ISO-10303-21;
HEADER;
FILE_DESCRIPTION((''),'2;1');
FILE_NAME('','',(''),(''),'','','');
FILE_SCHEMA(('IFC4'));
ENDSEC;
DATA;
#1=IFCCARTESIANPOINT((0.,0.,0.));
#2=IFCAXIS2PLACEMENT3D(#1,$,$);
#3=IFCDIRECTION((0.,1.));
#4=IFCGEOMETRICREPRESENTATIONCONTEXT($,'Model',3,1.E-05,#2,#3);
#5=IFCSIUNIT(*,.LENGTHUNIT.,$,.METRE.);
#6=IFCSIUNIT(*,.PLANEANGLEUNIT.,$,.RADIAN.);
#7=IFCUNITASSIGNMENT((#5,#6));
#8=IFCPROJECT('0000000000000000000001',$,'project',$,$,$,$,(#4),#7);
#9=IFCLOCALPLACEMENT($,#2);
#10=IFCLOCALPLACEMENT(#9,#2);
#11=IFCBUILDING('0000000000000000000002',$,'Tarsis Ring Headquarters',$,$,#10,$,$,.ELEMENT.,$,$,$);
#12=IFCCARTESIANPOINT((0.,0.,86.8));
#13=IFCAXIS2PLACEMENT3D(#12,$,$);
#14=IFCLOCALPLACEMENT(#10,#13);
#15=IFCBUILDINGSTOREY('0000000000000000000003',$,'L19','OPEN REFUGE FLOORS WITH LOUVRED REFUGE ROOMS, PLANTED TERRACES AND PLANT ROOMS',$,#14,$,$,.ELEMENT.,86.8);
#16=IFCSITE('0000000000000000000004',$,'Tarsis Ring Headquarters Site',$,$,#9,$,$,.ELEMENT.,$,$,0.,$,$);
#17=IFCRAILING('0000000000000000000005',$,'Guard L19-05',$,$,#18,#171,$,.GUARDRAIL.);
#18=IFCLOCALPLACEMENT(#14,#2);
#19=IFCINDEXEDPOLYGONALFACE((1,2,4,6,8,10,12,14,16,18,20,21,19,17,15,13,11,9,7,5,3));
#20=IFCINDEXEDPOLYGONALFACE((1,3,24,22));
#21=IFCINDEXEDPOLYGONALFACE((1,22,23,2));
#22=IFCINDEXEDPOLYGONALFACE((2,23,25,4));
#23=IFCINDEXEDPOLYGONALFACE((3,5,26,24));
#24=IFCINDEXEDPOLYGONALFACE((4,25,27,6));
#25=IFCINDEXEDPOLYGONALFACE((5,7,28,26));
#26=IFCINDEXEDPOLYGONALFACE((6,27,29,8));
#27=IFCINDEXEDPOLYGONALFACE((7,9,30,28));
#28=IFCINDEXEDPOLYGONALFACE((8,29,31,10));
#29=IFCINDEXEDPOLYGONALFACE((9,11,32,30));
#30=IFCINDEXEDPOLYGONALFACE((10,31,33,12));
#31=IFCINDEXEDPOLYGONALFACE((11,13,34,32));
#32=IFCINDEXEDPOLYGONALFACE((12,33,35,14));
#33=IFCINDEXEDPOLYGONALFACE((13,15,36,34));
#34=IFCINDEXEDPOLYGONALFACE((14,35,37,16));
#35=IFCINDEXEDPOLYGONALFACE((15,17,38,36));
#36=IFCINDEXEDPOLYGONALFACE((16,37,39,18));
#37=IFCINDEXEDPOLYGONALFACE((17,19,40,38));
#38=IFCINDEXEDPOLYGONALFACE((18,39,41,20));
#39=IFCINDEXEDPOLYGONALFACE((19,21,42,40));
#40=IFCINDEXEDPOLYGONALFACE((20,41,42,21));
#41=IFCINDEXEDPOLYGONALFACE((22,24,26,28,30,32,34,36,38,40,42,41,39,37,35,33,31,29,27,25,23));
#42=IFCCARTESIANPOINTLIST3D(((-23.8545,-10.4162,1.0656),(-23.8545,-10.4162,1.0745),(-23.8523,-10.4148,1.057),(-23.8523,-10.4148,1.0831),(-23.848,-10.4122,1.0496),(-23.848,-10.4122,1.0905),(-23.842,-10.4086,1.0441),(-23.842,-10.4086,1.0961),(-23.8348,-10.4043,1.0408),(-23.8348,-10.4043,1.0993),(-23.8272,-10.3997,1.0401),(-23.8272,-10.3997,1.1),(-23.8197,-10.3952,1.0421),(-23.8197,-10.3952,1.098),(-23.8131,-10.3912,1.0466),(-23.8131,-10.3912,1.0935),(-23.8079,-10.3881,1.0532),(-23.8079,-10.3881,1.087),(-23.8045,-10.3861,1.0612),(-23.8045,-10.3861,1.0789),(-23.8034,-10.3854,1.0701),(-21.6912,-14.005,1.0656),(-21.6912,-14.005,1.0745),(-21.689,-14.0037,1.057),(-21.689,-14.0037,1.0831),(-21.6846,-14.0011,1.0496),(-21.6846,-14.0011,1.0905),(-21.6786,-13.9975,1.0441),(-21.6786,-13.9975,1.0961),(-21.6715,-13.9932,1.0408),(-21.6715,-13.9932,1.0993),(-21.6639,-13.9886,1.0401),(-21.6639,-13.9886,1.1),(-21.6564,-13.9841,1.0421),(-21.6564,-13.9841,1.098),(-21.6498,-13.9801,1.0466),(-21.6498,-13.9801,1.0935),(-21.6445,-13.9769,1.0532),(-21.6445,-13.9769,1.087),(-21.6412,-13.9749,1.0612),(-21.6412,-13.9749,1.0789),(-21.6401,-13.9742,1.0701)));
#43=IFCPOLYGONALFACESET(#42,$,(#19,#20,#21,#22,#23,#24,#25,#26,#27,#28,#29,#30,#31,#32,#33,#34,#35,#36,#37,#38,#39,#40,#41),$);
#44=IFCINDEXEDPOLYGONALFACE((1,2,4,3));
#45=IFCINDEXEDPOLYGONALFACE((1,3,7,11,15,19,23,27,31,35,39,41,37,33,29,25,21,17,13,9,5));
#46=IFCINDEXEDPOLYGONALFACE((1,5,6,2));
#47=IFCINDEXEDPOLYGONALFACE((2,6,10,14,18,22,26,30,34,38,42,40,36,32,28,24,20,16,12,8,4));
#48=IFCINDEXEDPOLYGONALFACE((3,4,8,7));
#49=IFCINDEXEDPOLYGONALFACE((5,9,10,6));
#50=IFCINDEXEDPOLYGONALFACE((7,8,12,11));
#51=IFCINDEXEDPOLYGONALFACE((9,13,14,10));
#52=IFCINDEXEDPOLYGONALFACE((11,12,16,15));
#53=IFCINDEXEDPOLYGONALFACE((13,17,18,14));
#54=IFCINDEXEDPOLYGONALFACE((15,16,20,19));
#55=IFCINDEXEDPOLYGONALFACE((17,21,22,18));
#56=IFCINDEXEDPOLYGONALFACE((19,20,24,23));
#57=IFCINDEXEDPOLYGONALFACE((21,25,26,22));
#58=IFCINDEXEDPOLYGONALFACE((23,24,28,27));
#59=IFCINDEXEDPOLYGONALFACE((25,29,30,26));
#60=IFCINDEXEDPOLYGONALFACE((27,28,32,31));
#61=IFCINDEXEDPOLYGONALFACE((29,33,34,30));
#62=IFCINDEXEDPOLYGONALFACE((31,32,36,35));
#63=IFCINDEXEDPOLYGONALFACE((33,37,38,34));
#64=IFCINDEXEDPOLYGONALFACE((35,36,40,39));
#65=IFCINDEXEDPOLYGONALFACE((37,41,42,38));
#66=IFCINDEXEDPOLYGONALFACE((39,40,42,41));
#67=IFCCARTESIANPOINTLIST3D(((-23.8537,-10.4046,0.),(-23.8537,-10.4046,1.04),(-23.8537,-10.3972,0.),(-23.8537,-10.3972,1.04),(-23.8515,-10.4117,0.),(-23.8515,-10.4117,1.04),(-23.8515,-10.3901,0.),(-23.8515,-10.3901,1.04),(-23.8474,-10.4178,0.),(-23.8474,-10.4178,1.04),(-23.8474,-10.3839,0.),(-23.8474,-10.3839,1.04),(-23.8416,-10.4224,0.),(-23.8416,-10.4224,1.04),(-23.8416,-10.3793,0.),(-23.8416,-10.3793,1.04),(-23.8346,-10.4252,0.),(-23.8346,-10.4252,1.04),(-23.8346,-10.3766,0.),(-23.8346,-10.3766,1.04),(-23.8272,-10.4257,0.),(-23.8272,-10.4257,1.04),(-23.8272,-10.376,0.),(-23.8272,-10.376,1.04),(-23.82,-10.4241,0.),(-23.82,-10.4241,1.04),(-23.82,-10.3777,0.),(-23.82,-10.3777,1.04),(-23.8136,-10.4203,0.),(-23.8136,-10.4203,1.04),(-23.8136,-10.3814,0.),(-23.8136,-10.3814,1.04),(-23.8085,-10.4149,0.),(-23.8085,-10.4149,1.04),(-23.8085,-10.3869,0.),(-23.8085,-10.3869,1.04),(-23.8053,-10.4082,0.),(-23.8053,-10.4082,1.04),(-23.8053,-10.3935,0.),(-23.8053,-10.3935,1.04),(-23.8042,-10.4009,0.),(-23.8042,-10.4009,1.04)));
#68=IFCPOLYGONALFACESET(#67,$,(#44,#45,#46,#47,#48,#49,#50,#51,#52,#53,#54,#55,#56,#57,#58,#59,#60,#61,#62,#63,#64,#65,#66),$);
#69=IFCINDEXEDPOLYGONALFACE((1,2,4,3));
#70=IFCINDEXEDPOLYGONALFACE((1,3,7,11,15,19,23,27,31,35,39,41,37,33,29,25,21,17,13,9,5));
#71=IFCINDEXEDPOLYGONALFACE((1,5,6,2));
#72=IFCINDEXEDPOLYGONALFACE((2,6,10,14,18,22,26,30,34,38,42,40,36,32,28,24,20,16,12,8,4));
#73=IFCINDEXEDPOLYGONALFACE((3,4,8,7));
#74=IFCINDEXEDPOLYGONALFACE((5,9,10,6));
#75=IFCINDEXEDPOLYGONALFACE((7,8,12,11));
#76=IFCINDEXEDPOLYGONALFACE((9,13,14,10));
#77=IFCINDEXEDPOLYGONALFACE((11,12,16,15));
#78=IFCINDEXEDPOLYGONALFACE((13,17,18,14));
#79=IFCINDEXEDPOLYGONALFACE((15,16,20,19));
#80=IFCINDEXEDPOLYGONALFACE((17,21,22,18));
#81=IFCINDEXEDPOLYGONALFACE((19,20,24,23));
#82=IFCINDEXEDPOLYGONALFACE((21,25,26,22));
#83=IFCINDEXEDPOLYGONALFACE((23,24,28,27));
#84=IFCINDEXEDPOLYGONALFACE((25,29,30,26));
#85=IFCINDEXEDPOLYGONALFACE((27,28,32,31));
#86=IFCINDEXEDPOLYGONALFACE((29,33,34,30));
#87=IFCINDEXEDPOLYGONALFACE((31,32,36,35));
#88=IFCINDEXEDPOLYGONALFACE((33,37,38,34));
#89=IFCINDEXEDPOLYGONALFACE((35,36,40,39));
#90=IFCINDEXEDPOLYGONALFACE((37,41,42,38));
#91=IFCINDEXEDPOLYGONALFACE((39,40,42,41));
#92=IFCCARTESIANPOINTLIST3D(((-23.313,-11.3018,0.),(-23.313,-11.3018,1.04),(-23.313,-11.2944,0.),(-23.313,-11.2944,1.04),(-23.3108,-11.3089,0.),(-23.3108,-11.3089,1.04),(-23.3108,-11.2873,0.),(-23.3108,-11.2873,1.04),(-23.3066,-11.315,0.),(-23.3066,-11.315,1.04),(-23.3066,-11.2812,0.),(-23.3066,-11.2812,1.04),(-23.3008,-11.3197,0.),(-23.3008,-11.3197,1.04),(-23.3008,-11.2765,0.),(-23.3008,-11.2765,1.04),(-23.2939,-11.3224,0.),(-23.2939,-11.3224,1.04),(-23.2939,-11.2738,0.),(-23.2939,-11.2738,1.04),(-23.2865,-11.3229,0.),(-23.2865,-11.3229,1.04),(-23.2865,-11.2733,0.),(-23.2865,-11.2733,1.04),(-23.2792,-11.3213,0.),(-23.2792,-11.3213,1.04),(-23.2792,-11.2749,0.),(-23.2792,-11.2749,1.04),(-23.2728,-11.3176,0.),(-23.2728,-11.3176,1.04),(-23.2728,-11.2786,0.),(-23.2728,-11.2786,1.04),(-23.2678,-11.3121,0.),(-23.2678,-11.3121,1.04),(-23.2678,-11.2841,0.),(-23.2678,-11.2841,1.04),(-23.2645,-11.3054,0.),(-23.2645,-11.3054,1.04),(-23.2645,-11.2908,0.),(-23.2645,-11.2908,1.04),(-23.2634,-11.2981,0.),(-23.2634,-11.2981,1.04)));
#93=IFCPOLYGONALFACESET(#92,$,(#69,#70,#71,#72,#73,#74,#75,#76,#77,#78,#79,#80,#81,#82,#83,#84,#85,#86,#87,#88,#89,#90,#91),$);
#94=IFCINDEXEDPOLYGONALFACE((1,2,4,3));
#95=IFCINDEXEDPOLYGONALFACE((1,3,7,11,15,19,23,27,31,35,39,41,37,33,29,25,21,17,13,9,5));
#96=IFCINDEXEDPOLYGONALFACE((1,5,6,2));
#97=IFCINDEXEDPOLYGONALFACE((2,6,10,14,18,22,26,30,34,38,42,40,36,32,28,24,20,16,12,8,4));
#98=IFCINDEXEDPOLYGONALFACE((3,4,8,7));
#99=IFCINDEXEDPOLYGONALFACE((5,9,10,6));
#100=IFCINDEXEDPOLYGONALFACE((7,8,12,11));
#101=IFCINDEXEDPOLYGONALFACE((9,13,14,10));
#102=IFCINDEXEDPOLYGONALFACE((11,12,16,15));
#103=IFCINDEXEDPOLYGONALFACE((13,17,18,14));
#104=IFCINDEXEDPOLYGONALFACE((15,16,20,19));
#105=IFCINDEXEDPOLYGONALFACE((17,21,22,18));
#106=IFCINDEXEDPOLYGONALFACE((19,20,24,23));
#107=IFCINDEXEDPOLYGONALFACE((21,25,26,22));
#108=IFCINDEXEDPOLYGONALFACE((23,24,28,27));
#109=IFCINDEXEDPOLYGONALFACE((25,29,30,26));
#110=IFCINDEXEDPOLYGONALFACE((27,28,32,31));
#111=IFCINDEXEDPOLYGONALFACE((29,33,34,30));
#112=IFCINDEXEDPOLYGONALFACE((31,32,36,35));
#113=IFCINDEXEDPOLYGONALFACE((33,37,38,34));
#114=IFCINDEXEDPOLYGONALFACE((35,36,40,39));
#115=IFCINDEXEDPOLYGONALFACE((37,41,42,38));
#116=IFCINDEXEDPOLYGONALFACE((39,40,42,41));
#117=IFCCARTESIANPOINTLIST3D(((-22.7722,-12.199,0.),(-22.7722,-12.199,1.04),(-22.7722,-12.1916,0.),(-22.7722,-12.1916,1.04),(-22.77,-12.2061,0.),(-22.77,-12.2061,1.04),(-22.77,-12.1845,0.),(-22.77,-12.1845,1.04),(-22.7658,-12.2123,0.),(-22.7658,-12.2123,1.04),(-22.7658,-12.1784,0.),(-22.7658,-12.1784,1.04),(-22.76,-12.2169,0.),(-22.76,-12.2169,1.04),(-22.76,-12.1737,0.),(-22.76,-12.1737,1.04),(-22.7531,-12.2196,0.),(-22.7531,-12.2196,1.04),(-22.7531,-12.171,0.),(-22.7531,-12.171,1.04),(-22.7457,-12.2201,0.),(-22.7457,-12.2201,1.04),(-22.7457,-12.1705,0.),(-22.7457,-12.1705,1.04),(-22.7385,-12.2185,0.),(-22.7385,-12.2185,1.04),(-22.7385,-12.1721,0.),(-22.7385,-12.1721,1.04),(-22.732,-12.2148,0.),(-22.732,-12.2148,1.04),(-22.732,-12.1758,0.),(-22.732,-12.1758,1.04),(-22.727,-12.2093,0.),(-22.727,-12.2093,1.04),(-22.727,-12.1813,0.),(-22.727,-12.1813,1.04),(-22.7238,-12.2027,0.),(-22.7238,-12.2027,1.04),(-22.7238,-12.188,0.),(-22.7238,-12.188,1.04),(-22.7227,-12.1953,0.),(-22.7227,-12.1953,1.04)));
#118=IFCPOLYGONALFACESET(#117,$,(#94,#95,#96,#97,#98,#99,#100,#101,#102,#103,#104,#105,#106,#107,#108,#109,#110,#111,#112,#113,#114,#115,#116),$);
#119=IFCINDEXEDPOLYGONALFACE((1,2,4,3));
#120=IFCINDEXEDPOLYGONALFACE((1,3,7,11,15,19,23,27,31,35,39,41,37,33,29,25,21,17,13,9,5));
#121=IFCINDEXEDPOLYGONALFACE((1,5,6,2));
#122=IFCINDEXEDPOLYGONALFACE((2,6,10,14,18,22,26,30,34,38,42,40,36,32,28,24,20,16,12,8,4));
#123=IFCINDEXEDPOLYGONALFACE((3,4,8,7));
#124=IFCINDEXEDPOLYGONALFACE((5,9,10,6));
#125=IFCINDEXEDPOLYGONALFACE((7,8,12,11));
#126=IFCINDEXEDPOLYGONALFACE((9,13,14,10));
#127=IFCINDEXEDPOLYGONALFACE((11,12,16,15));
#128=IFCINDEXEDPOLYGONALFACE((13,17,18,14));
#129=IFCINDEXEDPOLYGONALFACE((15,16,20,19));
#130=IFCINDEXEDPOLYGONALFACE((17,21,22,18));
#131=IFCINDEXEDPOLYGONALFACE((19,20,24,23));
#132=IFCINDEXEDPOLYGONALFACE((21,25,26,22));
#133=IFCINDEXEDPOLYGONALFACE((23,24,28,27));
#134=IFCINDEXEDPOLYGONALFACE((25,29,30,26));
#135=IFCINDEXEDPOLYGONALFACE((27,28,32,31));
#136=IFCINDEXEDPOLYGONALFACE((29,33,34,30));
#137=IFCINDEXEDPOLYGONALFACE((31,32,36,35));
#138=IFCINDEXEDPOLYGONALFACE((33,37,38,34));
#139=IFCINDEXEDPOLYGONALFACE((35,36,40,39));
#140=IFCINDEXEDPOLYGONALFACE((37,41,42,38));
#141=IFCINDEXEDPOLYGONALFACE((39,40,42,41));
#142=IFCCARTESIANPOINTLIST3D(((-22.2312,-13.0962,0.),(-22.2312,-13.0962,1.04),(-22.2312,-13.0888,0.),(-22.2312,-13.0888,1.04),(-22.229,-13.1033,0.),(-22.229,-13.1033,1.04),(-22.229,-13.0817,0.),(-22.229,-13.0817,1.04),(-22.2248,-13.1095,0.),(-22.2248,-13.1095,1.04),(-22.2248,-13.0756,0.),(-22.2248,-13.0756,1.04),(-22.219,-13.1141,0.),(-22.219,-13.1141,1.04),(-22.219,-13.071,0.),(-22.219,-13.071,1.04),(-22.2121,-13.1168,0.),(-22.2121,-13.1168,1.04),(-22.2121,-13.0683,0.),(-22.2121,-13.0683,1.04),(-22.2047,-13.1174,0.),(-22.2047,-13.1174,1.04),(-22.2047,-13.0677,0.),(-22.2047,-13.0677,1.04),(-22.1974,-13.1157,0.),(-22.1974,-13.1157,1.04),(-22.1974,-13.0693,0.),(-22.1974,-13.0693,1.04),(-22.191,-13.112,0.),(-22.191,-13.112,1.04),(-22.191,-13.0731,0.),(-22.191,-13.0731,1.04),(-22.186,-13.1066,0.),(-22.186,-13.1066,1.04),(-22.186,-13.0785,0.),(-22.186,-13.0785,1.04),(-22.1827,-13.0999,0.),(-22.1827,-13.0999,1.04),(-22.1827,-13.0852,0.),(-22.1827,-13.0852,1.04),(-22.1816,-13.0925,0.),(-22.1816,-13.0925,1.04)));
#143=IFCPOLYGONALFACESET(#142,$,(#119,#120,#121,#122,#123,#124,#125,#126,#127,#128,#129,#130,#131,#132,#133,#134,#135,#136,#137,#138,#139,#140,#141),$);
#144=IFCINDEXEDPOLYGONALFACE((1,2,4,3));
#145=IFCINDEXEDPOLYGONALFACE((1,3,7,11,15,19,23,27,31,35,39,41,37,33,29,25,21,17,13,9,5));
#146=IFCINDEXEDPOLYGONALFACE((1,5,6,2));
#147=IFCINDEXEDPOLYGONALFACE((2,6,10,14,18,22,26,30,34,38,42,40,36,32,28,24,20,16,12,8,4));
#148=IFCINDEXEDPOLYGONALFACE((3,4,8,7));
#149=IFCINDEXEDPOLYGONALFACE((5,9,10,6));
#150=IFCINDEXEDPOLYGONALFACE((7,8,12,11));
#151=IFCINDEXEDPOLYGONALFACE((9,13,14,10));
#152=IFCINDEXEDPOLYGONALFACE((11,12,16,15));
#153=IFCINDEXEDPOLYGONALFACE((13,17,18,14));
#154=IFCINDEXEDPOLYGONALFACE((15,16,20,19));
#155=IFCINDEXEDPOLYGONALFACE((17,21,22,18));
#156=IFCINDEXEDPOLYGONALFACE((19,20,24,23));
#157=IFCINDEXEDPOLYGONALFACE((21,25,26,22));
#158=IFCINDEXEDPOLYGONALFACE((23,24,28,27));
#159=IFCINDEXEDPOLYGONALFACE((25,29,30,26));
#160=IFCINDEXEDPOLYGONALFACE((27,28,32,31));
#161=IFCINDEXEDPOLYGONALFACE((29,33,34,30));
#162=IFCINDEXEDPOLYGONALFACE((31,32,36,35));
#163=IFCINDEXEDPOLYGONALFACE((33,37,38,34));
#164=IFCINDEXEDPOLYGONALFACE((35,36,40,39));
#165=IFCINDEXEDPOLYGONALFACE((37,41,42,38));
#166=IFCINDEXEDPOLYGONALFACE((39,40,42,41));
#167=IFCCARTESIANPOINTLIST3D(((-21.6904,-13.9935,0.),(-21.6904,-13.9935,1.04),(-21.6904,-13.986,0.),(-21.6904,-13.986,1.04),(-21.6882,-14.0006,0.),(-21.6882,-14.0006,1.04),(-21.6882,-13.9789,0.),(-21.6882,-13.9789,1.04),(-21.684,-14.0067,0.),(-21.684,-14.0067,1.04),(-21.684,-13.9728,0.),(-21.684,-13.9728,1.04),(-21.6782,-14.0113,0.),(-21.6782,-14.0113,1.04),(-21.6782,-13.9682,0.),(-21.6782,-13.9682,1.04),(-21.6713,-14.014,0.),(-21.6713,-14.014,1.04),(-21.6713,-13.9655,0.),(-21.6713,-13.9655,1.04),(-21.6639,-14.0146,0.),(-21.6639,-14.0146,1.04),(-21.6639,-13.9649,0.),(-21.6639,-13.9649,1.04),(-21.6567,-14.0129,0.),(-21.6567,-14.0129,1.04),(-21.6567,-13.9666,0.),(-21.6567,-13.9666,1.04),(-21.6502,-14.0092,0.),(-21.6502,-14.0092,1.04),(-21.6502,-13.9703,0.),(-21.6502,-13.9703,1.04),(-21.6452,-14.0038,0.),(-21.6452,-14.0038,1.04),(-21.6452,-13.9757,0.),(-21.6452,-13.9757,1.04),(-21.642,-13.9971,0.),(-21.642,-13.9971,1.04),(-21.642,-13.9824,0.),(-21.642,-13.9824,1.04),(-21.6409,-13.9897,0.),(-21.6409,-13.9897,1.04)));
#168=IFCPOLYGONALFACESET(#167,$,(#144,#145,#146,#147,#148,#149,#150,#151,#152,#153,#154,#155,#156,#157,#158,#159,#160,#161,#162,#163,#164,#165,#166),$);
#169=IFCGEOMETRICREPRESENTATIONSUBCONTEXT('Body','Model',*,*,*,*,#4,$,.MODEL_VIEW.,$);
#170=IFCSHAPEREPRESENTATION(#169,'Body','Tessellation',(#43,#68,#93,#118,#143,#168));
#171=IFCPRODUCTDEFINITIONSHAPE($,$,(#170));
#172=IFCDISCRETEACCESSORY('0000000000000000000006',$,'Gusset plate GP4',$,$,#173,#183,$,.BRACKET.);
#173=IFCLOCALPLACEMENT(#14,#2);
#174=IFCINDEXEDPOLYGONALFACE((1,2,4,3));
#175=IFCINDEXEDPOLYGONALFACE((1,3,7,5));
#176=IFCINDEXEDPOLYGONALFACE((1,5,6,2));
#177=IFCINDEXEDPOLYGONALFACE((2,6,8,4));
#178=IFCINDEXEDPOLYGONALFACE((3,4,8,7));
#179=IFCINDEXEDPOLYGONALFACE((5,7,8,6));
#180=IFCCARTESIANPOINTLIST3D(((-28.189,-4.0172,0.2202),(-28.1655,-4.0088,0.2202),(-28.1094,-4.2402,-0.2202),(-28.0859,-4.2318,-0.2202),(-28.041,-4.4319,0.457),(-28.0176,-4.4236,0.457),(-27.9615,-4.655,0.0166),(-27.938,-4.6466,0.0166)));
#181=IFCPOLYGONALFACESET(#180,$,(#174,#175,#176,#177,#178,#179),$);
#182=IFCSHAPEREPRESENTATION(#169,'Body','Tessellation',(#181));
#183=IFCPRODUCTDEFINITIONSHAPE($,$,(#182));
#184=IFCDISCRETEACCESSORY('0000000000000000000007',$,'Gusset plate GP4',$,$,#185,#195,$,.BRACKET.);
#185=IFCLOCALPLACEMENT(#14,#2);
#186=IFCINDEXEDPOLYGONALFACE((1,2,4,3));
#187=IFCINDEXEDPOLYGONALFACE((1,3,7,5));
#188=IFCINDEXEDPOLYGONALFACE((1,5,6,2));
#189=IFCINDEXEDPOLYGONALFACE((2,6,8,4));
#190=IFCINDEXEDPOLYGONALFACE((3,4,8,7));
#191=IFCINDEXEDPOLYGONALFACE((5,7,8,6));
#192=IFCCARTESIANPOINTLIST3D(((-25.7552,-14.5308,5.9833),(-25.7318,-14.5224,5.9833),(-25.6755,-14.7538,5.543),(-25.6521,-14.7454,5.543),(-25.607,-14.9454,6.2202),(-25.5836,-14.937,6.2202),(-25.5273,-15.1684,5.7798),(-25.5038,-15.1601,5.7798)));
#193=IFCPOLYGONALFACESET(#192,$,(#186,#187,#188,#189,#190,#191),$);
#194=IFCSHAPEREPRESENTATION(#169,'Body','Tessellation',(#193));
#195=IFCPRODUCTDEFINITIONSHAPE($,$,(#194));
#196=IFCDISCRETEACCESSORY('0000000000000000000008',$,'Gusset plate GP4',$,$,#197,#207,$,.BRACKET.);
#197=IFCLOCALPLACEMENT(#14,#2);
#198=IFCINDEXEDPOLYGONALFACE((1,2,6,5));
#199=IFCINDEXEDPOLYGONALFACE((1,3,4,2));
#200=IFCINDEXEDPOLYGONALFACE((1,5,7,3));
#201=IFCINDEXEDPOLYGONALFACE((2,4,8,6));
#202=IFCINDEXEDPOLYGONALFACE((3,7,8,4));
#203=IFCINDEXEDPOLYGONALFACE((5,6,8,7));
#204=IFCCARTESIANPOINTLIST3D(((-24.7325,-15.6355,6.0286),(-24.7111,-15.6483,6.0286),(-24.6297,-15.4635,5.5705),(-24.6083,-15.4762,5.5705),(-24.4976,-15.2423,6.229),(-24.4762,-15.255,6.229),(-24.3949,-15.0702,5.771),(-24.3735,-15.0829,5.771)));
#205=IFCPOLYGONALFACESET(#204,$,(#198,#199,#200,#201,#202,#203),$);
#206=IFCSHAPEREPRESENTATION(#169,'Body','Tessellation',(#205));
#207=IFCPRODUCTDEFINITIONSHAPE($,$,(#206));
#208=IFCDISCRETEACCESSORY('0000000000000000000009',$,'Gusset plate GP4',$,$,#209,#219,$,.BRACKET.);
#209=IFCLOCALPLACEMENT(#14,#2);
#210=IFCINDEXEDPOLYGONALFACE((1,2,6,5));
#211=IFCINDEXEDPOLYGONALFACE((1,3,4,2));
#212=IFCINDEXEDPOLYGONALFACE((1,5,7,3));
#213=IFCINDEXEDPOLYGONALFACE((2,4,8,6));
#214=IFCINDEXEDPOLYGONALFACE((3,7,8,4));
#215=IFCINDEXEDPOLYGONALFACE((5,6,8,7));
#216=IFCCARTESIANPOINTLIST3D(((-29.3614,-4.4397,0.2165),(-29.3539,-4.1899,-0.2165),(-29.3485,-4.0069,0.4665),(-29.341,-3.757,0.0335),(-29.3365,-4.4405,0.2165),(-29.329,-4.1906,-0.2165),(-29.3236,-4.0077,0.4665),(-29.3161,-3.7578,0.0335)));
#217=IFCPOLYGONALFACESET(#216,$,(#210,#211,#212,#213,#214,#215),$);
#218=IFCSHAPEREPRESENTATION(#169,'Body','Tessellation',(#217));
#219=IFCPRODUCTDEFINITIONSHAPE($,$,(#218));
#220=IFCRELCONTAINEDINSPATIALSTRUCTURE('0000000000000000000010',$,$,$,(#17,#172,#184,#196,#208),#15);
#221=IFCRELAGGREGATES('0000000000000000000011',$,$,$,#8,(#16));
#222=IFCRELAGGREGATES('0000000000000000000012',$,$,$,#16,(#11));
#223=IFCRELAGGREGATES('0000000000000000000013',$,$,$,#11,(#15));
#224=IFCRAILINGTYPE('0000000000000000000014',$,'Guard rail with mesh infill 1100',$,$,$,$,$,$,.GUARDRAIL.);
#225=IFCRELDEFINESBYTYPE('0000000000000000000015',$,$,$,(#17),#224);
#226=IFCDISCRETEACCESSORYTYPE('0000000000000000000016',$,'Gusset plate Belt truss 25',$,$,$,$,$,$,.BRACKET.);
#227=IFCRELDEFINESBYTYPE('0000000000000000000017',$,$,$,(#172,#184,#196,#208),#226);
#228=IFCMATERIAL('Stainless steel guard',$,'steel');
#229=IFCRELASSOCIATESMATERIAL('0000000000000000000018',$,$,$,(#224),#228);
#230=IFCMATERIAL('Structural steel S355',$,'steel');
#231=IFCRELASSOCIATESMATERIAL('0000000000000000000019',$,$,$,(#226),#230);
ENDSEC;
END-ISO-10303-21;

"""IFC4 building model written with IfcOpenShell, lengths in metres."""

from ifc_helpers import new_model, si_unit, direction, frame, origin, origin_2d, place, context, subcontext, project, spatial, rectangle, circle, extrude, material, material_profile, profile_set, type_object, element, save


model = new_model("IFC4")

# Units and contexts
model_context = context("Model", 3, precision=1e-05, world=origin(), true_north=direction((0.0, 1.0)))
body_context = subcontext(model_context, "Body", "Model", "MODEL_VIEW")
ifc_project = project(units=[si_unit("LENGTHUNIT", "METRE"), si_unit("PLANEANGLEUNIT", "RADIAN")], contexts=[model_context])

# Site, building, storey
site_placement = place(None, origin())
site = spatial("IfcSite", under=ifc_project, at=site_placement, Name="Tarsis Ring Headquarters Site", CompositionType="ELEMENT", RefElevation=0.0)
building_placement = place(site_placement, origin())
building = spatial("IfcBuilding", under=site, at=building_placement, Name="Tarsis Ring Headquarters", CompositionType="ELEMENT")
storey_placement = place(building_placement, frame((0.0, 0.0, 86.8)))
storey = spatial("IfcBuildingStorey", under=building, at=storey_placement, Name="L19", Description="OPEN REFUGE FLOORS WITH LOUVRED REFUGE ROOMS, PLANTED TERRACES AND PLANT ROOMS", CompositionType="ELEMENT", Elevation=86.8)

# Shared definitions
ifc_material_1 = material(Name="Structural steel S355", Category="steel")

# Railing
ifc_material_2 = material(Name="Stainless steel guard", Category="steel")
railing_type_1 = type_object("IfcRailingType", Name="Guard rail with mesh infill 1100", PredefinedType="GUARDRAIL", material=ifc_material_2)
railing_1_placement = place(storey_placement, frame((-23.8291, -10.4009, 0.0)))
element("IfcRailing", 1, at=railing_1_placement, inside=storey, type_object=railing_type_1, Name="Guard L19-05", PredefinedType="GUARDRAIL", context=body_context, shape_type="SweptSolid", body=[
    extrude(circle(Radius=0.03, at=origin_2d()), frame((0.0, 0.0, 1.0701), z_axis=(0.516251, -0.856437, 0.0), x_axis=(0.856437, 0.516251, 0.0)), (0.0, 0.0, 1.0), 4.1904),
    extrude(circle(Radius=0.0249, at=origin_2d()), origin(), (0.0, 0.0, 1.0), 1.04),
    extrude(circle(Radius=0.0249, at=origin_2d()), frame((0.5408, -0.8972, 0.0)), (0.0, 0.0, 1.0), 1.04),
    extrude(circle(Radius=0.0249, at=origin_2d()), frame((1.0815, -1.7944, 0.0)), (0.0, 0.0, 1.0), 1.04),
    extrude(circle(Radius=0.0249, at=origin_2d()), frame((1.6226, -2.6917, 0.0)), (0.0, 0.0, 1.0), 1.04),
    extrude(circle(Radius=0.0249, at=origin_2d()), frame((2.1633, -3.5889, 0.0)), (0.0, 0.0, 1.0), 1.04),
])

# Discrete accessories
ifc_material_profile_1 = material_profile(ifc_material_1, rectangle(XDim=0.0249, YDim=0.5, at=origin_2d()), Name="PL 25x500")
ifc_profile_set_1 = profile_set([ifc_material_profile_1], Name="Structural steel S355")
discrete_accessory_type = type_object("IfcDiscreteAccessoryType", Name="Gusset plate Belt truss 25", PredefinedType="BRACKET", material=ifc_profile_set_1)
for number, where, z_axis, x_axis, name in (
    (2, (-28.1375, -4.1245, 0.0), (0.295883, -0.829547, 0.473608), (0.94188, 0.33595, 0.0), "Gusset plate GP4"),
    (3, (-25.5554, -15.0527, 6.0), (-0.296449, 0.829275, -0.473732), (-0.941641, -0.336617, 0.0), "Gusset plate GP4"),
    (4, (-24.4355, -15.1626, 6.0), (-0.469698, -0.786574, -0.400855), (0.858573, -0.512692, 0.0), "Gusset plate GP4"),
    (5, (-29.3452, -4.3152, 0.0), (0.025877, 0.86566, 0.499964), (-0.999554, 0.029879, 0.0), "Gusset plate GP4"),
):
    element("IfcDiscreteAccessory", number, at=place(storey_placement, frame(where, z_axis=z_axis, x_axis=x_axis)), inside=storey, type_object=discrete_accessory_type, Name=name, PredefinedType="BRACKET", context=body_context, shape_type="SweptSolid", body=[
        extrude(rectangle(XDim=0.0249, YDim=0.5, at=origin_2d()), origin(), (0.0, 0.0, 1.0), 0.5),
    ])

save(model, "model.ifc")
